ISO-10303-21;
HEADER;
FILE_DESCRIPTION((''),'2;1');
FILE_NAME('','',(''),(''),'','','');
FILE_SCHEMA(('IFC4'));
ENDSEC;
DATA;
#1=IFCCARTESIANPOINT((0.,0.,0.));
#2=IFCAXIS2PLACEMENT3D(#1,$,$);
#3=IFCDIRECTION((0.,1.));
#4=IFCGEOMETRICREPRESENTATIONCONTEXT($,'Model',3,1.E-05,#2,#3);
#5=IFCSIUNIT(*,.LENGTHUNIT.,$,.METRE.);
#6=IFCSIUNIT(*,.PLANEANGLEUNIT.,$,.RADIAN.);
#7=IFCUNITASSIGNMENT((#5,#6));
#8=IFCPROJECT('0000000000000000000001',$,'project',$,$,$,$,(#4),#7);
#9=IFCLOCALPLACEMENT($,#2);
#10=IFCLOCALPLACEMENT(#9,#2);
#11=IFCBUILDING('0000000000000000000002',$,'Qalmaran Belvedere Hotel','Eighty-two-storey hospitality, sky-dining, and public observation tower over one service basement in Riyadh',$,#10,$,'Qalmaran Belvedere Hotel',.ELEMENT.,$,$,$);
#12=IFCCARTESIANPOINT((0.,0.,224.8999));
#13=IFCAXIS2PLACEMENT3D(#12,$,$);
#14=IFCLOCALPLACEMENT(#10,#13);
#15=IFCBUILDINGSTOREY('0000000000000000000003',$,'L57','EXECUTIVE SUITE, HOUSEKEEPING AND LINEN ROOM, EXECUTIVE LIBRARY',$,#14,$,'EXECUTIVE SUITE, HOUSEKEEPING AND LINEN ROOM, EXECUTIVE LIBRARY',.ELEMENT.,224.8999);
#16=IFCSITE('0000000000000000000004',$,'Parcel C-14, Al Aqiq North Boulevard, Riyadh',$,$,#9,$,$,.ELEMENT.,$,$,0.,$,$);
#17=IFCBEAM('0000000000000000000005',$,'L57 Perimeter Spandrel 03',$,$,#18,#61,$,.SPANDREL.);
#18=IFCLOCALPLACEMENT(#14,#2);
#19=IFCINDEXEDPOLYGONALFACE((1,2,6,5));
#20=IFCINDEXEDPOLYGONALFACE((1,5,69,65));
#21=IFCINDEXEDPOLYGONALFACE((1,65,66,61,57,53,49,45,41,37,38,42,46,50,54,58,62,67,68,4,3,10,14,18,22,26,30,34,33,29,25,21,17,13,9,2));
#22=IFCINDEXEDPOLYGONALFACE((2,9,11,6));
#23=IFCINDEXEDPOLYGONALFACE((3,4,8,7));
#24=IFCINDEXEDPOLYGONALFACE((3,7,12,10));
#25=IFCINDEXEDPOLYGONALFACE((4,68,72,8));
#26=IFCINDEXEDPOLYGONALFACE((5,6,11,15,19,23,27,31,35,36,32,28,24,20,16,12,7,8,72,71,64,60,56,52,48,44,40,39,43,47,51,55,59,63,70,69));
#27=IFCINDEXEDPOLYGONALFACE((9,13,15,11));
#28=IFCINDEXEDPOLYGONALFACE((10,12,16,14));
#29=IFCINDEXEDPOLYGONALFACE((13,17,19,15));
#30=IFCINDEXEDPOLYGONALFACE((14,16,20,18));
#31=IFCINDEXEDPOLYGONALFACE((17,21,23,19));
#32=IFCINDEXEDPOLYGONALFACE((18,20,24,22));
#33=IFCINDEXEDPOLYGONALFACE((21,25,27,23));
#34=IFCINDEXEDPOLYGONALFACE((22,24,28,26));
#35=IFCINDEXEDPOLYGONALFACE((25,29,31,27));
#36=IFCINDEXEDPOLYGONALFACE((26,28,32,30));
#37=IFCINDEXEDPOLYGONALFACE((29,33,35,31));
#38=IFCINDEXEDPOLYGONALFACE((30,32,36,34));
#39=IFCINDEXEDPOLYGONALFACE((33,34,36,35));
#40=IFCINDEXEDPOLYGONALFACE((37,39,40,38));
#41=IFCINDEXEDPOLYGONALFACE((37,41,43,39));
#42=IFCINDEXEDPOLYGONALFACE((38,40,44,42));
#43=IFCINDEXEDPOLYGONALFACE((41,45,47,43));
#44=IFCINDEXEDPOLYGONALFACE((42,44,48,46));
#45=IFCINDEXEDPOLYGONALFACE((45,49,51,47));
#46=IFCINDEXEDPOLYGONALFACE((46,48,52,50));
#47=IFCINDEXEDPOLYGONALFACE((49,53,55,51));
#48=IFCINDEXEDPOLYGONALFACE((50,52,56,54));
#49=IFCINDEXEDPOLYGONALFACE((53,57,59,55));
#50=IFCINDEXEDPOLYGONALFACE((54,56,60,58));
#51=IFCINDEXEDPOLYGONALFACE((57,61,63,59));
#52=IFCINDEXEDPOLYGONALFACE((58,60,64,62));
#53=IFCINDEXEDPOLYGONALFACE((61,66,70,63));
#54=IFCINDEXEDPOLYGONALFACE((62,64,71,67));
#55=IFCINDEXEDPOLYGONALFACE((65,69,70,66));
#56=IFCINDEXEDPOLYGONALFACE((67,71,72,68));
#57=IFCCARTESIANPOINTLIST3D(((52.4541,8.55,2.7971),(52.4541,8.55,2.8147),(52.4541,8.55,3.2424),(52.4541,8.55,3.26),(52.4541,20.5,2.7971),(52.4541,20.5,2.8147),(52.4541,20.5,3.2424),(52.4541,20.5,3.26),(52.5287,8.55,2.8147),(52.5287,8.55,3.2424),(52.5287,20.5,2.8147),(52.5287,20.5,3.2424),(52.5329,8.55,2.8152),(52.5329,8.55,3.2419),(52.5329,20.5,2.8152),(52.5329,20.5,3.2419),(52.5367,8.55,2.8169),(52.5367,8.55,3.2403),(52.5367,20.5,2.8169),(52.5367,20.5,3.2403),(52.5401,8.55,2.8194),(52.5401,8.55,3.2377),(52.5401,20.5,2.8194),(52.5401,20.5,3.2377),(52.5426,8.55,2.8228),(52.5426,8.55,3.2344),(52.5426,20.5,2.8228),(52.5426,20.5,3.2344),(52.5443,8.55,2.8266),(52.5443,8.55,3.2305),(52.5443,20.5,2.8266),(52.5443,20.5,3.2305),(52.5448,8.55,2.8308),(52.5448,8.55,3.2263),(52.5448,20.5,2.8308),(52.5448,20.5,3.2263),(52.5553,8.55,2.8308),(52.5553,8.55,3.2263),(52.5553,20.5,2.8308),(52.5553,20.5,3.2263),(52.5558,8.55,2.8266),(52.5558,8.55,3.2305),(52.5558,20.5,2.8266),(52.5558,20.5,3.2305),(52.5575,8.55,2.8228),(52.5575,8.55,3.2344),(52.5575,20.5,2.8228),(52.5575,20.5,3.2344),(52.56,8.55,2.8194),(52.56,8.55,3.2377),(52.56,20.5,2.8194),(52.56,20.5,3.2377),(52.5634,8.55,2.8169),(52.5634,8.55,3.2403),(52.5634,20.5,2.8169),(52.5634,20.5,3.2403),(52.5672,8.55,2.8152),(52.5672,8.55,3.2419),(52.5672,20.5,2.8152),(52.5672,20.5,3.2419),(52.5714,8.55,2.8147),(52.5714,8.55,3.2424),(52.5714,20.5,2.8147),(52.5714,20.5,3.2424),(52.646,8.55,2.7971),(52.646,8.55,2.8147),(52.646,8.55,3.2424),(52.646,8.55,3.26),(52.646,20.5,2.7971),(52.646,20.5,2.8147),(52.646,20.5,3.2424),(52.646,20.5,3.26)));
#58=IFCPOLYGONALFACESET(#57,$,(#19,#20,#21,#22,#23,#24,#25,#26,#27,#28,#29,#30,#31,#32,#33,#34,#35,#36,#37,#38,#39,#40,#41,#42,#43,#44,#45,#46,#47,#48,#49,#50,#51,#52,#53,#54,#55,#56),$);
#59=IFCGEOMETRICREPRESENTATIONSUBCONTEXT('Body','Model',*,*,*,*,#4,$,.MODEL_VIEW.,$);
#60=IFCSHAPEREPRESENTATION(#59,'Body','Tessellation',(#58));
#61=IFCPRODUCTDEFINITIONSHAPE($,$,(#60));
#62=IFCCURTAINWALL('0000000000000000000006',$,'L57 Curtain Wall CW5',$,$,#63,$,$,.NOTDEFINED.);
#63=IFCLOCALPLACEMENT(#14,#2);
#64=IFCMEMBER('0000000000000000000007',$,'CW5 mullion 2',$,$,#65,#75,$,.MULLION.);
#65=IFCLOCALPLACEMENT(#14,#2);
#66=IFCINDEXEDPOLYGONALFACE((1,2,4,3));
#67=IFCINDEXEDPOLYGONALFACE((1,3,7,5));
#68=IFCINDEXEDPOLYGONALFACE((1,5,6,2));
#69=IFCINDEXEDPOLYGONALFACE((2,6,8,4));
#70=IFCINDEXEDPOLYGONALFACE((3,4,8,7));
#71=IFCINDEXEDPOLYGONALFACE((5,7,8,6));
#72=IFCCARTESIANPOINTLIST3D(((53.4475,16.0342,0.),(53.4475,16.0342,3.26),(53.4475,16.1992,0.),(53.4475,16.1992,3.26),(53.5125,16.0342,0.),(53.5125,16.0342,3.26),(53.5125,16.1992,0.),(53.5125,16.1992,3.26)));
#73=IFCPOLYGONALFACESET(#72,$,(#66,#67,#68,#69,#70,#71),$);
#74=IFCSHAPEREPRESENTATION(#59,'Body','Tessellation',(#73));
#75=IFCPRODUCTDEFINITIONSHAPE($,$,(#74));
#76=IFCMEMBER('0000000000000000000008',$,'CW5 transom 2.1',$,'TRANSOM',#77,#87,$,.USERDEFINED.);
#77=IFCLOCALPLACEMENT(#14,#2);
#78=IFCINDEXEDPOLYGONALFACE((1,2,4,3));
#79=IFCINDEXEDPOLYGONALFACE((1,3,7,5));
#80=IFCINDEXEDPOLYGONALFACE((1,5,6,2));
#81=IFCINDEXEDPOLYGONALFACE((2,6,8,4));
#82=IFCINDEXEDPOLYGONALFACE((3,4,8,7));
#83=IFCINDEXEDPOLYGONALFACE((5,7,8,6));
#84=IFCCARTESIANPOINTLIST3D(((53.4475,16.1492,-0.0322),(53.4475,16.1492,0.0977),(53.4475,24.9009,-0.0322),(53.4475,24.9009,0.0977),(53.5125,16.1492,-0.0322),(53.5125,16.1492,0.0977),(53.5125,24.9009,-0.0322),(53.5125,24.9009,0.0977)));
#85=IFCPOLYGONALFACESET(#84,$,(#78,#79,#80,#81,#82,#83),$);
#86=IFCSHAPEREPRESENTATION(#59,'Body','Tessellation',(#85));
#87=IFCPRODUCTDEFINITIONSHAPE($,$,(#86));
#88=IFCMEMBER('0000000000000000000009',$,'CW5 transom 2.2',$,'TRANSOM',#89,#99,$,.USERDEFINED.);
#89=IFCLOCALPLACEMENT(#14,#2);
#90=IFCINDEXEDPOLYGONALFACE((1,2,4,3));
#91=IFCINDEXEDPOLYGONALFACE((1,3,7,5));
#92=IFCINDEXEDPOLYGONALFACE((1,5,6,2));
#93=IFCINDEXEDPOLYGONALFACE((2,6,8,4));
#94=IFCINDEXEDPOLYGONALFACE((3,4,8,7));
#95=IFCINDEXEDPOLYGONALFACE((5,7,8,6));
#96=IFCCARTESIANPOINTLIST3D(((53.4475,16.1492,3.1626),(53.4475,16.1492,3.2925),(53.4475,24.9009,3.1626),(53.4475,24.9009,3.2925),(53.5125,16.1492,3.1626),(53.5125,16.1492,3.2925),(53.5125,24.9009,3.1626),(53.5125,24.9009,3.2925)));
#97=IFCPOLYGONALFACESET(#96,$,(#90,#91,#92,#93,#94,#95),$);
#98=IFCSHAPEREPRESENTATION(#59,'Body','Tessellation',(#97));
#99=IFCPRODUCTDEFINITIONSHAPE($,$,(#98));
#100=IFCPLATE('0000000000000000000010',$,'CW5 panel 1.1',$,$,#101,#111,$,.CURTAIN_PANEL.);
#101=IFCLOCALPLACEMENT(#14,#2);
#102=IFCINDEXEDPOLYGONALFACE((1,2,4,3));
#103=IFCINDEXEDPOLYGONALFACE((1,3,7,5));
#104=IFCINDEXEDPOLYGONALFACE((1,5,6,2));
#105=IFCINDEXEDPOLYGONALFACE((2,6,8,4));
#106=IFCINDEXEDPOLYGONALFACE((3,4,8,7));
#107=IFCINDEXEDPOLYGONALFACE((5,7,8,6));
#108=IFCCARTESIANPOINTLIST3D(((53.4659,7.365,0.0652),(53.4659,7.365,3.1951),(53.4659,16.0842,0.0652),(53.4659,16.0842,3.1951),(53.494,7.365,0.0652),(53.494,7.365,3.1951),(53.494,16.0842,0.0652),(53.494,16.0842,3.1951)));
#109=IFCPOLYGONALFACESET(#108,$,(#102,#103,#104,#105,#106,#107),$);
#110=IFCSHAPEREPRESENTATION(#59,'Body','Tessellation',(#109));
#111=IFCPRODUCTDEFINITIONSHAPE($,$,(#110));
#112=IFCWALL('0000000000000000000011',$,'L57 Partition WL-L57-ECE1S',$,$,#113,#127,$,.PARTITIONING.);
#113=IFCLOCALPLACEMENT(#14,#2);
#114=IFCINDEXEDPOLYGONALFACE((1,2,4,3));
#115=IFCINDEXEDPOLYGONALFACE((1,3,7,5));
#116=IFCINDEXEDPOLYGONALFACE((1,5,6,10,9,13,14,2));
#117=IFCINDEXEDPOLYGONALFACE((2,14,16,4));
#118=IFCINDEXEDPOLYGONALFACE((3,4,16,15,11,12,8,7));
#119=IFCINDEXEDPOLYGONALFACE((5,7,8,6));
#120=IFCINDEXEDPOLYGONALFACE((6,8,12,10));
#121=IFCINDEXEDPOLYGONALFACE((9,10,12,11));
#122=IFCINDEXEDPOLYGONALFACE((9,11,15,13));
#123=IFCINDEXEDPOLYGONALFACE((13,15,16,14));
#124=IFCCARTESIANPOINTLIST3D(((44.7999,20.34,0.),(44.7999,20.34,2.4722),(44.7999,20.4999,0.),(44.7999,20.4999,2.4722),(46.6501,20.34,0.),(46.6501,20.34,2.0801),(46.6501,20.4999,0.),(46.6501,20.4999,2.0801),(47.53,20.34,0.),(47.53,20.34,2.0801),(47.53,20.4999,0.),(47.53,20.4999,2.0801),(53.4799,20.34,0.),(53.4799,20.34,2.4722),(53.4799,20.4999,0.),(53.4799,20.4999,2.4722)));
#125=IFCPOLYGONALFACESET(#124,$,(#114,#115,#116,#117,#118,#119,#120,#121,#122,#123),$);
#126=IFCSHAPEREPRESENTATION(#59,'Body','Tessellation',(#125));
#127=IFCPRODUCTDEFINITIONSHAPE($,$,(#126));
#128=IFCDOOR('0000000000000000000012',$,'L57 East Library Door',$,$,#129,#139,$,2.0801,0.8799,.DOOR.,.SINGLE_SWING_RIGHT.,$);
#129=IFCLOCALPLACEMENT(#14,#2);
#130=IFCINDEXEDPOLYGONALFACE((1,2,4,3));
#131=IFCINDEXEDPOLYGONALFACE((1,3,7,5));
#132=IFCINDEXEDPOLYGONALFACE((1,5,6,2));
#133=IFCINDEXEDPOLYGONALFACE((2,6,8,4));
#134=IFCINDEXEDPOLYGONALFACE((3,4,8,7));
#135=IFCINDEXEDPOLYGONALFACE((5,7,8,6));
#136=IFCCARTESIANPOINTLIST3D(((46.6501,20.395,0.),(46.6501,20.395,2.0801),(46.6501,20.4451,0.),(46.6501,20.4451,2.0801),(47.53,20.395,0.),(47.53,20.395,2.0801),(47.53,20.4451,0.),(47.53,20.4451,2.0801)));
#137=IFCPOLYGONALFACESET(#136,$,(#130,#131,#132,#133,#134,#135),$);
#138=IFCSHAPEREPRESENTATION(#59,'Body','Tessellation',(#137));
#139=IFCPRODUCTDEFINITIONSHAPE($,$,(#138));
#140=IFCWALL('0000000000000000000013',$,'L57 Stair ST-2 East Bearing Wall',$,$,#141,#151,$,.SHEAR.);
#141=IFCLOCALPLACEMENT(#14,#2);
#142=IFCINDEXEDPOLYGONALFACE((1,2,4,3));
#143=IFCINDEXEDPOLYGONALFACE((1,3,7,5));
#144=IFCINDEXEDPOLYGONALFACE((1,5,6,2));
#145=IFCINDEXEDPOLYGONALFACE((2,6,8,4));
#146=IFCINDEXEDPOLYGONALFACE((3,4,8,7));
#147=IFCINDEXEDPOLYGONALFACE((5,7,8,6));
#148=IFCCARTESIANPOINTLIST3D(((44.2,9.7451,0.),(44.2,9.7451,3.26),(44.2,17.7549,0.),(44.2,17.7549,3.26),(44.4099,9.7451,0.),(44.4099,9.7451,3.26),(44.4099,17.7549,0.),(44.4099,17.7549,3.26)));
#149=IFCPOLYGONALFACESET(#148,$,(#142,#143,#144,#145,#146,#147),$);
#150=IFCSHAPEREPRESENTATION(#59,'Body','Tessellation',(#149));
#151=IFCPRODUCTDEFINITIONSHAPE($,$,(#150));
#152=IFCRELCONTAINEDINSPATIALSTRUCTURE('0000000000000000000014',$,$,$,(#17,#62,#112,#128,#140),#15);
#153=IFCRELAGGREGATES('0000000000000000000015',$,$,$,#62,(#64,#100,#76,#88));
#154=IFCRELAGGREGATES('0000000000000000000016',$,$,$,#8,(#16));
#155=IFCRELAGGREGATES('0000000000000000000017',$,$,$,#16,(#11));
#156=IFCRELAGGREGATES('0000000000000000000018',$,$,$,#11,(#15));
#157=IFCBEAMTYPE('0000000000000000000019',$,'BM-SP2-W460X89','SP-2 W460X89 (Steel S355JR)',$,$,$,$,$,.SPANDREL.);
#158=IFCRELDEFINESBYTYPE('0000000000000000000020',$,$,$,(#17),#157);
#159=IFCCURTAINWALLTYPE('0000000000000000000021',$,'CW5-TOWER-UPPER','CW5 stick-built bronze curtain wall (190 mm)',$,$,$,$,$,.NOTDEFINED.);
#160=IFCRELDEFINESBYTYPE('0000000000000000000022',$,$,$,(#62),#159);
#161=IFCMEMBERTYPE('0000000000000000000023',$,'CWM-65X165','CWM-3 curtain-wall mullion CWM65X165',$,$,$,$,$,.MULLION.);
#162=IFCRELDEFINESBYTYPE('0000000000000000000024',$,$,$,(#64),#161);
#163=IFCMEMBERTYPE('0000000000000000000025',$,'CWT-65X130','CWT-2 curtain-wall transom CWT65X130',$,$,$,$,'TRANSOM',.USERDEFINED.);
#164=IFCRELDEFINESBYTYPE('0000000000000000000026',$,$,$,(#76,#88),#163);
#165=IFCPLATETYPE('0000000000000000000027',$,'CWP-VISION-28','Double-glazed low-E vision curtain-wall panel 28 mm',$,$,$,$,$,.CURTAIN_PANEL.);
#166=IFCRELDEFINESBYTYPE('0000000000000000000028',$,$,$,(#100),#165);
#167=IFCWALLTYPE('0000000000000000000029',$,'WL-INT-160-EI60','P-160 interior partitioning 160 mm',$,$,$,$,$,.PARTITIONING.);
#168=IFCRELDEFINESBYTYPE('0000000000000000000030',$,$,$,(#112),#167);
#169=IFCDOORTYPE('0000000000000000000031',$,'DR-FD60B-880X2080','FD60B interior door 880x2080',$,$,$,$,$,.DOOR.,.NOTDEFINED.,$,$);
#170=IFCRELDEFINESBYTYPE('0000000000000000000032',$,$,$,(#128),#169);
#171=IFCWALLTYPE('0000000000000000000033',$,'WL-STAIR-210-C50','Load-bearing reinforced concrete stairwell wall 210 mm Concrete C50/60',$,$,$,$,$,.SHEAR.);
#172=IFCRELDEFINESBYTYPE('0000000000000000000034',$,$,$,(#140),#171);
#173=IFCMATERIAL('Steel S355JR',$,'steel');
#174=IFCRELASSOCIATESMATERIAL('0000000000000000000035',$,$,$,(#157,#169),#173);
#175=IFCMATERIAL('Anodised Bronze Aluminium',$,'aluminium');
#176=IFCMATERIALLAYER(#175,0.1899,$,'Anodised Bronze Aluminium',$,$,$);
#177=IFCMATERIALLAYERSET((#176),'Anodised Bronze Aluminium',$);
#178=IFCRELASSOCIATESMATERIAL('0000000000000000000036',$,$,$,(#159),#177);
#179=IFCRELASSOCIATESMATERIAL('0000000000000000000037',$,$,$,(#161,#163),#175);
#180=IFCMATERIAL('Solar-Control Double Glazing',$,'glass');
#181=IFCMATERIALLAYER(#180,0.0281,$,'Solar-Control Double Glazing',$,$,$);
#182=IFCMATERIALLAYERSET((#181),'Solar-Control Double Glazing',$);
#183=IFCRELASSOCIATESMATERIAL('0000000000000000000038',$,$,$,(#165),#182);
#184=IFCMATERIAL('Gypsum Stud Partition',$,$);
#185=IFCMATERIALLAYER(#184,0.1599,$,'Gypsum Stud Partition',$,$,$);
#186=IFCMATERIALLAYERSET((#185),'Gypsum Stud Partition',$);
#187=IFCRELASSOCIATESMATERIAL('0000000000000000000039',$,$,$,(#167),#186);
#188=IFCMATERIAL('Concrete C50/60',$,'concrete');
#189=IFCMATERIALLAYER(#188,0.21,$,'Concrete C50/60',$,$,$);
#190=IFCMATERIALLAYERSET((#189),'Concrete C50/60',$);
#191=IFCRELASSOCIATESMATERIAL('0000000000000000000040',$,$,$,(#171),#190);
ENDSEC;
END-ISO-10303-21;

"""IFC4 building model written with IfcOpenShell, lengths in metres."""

from ifc_helpers import new_model, si_unit, direction, frame, frame_2d, origin, origin_2d, place, context, subcontext, project, spatial, rectangle, i_section, extrude, material, layer, layer_set, material_profile, profile_set, type_object, element, fill, aggregate, save


model = new_model("IFC4")

# Units and contexts
model_context = context("Model", 3, precision=1e-05, world=origin(), true_north=direction((0.0, 1.0)))
body_context = subcontext(model_context, "Body", "Model", "MODEL_VIEW")
ifc_project = project(units=[si_unit("LENGTHUNIT", "METRE"), si_unit("PLANEANGLEUNIT", "RADIAN")], contexts=[model_context])

# Site, building, storey
site_placement = place(None, origin())
site = spatial("IfcSite", under=ifc_project, at=site_placement, Name="Parcel C-14, Al Aqiq North Boulevard, Riyadh", CompositionType="ELEMENT", RefElevation=0.0)
building_placement = place(site_placement, origin())
building = spatial("IfcBuilding", under=site, at=building_placement, Name="Qalmaran Belvedere Hotel", Description="Eighty-two-storey hospitality, sky-dining, and public observation tower over one service basement in Riyadh", LongName="Qalmaran Belvedere Hotel", CompositionType="ELEMENT")
storey_placement = place(building_placement, frame((0.0, 0.0, 224.8999)))
storey = spatial("IfcBuildingStorey", under=building, at=storey_placement, Name="L57", Description="EXECUTIVE SUITE, HOUSEKEEPING AND LINEN ROOM, EXECUTIVE LIBRARY", LongName="EXECUTIVE SUITE, HOUSEKEEPING AND LINEN ROOM, EXECUTIVE LIBRARY", CompositionType="ELEMENT", Elevation=224.8999)

# Shared definitions
ifc_material_1 = material(Name="Concrete C50/60", Category="concrete")

# Beam
ifc_material_2 = material(Name="Steel S355JR", Category="steel")
ifc_material_profile_1 = material_profile(ifc_material_2, i_section(OverallWidth=0.1919, OverallDepth=0.4629, WebThickness=0.0105, FlangeThickness=0.0176, FilletRadius=0.0161, at=origin_2d()), Name="W460X89")
ifc_profile_set_1 = profile_set([ifc_material_profile_1], Name="Steel S355JR")
beam_type_1 = type_object("IfcBeamType", Name="BM-SP2-W460X89", Description="SP-2 W460X89 (Steel S355JR)", PredefinedType="SPANDREL", material=ifc_profile_set_1)
beam_1_placement = place(storey_placement, frame((52.55, 8.55, 3.0286), z_axis=(0.0, 1.0, 0.0), x_axis=(-1.0, 0.0, 0.0)))
element("IfcBeam", 1, at=beam_1_placement, inside=storey, type_object=beam_type_1, Name="L57 Perimeter Spandrel 03", PredefinedType="SPANDREL", context=body_context, shape_type="SweptSolid", body=[
    extrude(i_section(OverallWidth=0.1919, OverallDepth=0.4629, WebThickness=0.0105, FlangeThickness=0.0176, FilletRadius=0.0161, at=origin_2d()), origin(), (0.0, 0.0, 1.0), 11.95),
])

# Curtain wall, members, plate
ifc_material_3 = material(Name="Anodised Bronze Aluminium", Category="aluminium")
ifc_layer_1 = layer(ifc_material_3, 0.1899, Name="Anodised Bronze Aluminium")
ifc_layer_set_1 = layer_set([ifc_layer_1], Name="Anodised Bronze Aluminium")
curtain_wall_type = type_object("IfcCurtainWallType", Name="CW5-TOWER-UPPER", Description="CW5 stick-built bronze curtain wall (190 mm)", PredefinedType="NOTDEFINED", material=ifc_layer_set_1)
curtain_wall_placement = place(storey_placement, origin())
curtain_wall = element("IfcCurtainWall", 2, at=curtain_wall_placement, inside=storey, type_object=curtain_wall_type, Name="L57 Curtain Wall CW5", PredefinedType="NOTDEFINED")
ifc_material_profile_2 = material_profile(ifc_material_3, rectangle(XDim=0.0649, YDim=0.165, at=origin_2d()), Name="CWM65X165")
ifc_profile_set_2 = profile_set([ifc_material_profile_2], Name="Anodised Bronze Aluminium")
member_type_1 = type_object("IfcMemberType", Name="CWM-65X165", Description="CWM-3 curtain-wall mullion CWM65X165", PredefinedType="MULLION", material=ifc_profile_set_2)
member_1_placement = place(storey_placement, frame((53.48, 16.1167, 0.0), z_axis=(0.0, 0.0, 1.0), x_axis=(-1.0, 0.0, 0.0)))
member_1 = element("IfcMember", 3, at=member_1_placement, type_object=member_type_1, Name="CW5 mullion 2", PredefinedType="MULLION", context=body_context, shape_type="SweptSolid", body=[
    extrude(rectangle(XDim=0.0649, YDim=0.165, at=origin_2d()), origin(), (0.0, 0.0, 1.0), 3.26),
])
ifc_material_profile_3 = material_profile(ifc_material_3, rectangle(XDim=0.0649, YDim=0.1299, at=origin_2d()), Name="CWT65X130")
ifc_profile_set_3 = profile_set([ifc_material_profile_3], Name="Anodised Bronze Aluminium")
member_type_2 = type_object("IfcMemberType", Name="CWT-65X130", Description="CWT-2 curtain-wall transom CWT65X130", ElementType="TRANSOM", PredefinedType="USERDEFINED", material=ifc_profile_set_3)
member_2_placement = place(storey_placement, frame((53.48, 16.1492, 0.0327), z_axis=(0.0, 1.0, 0.0), x_axis=(-1.0, 0.0, 0.0)))
member_2 = element("IfcMember", 4, at=member_2_placement, type_object=member_type_2, Name="CW5 transom 2.1", ObjectType="TRANSOM", PredefinedType="USERDEFINED", context=body_context, shape_type="SweptSolid", body=[
    extrude(rectangle(XDim=0.0649, YDim=0.1299, at=origin_2d()), origin(), (0.0, 0.0, 1.0), 8.7517),
])
member_3_placement = place(storey_placement, frame((53.48, 16.1492, 3.2275), z_axis=(0.0, 1.0, 0.0), x_axis=(-1.0, 0.0, 0.0)))
member_3 = element("IfcMember", 5, at=member_3_placement, type_object=member_type_2, Name="CW5 transom 2.2", ObjectType="TRANSOM", PredefinedType="USERDEFINED", context=body_context, shape_type="SweptSolid", body=[
    extrude(rectangle(XDim=0.0649, YDim=0.1299, at=origin_2d()), origin(), (0.0, 0.0, 1.0), 8.7517),
])
ifc_material_4 = material(Name="Solar-Control Double Glazing", Category="glass")
ifc_layer_2 = layer(ifc_material_4, 0.0281, Name="Solar-Control Double Glazing")
ifc_layer_set_2 = layer_set([ifc_layer_2], Name="Solar-Control Double Glazing")
plate_type = type_object("IfcPlateType", Name="CWP-VISION-28", Description="Double-glazed low-E vision curtain-wall panel 28 mm", PredefinedType="CURTAIN_PANEL", material=ifc_layer_set_2)
plate_placement = place(storey_placement, frame((53.48, 11.7246, 0.0652), z_axis=(0.0, 0.0, 1.0), x_axis=(0.0, 1.0, 0.0)))
plate = element("IfcPlate", 6, at=plate_placement, type_object=plate_type, Name="CW5 panel 1.1", PredefinedType="CURTAIN_PANEL", context=body_context, shape_type="SweptSolid", body=[
    extrude(rectangle(XDim=8.7192, YDim=0.0281, at=origin_2d()), origin(), (0.0, 0.0, 1.0), 3.1299),
])
aggregate(curtain_wall, [member_1, plate, member_2, member_3])

# Wall, opening, door
ifc_material_5 = material(Name="Gypsum Stud Partition")
ifc_layer_3 = layer(ifc_material_5, 0.1599, Name="Gypsum Stud Partition")
ifc_layer_set_3 = layer_set([ifc_layer_3], Name="Gypsum Stud Partition")
wall_type_1 = type_object("IfcWallType", Name="WL-INT-160-EI60", Description="P-160 interior partitioning 160 mm", PredefinedType="PARTITIONING", material=ifc_layer_set_3)
wall_1_placement = place(storey_placement, frame((44.8, 20.4199, 0.0), z_axis=(0.0, 0.0, 1.0), x_axis=(1.0, 0.0, 0.0)))
wall_1 = element("IfcWall", 7, at=wall_1_placement, inside=storey, type_object=wall_type_1, Name="L57 Partition WL-L57-ECE1S", PredefinedType="PARTITIONING", context=body_context, shape_type="SweptSolid", body=[
    extrude(rectangle(XDim=8.6799, YDim=0.1599, at=frame_2d((4.3398, 0.0))), origin(), (0.0, 0.0, 1.0), 2.4722),
])
opening_placement = place(wall_1_placement, frame((2.73, 0.0, 0.0), z_axis=(0.0, 0.0, 1.0), x_axis=(-1.0, 0.0, 0.0)))
opening = element("IfcOpeningElement", 8, at=opening_placement, cuts=wall_1, PredefinedType="OPENING", context=body_context, shape_type="SweptSolid", body=[
    extrude(rectangle(XDim=0.8799, YDim=2.0801, at=frame_2d((0.4399, 1.04))), frame((0.0, 0.0898, 0.0), z_axis=(0.0, -1.0, 0.0), x_axis=(1.0, 0.0, 0.0)), (0.0, 0.0, 1.0), 0.1799),
])
door_type = type_object("IfcDoorType", Name="DR-FD60B-880X2080", Description="FD60B interior door 880x2080", OperationType="NOTDEFINED", PredefinedType="DOOR", material=ifc_material_2)
door_placement = place(opening_placement, origin())
door = element("IfcDoor", 9, at=door_placement, inside=storey, type_object=door_type, Name="L57 East Library Door", OperationType="SINGLE_SWING_RIGHT", OverallHeight=2.0801, OverallWidth=0.8799, PredefinedType="DOOR", context=body_context, shape_type="SweptSolid", body=[
    extrude(rectangle(XDim=0.8799, YDim=2.0801, at=frame_2d((0.4399, 1.04))), frame((0.0, 0.0249, 0.0), z_axis=(0.0, -1.0, 0.0), x_axis=(1.0, 0.0, 0.0)), (0.0, 0.0, 1.0), 0.05),
])
fill(opening, door)

# Wall
ifc_layer_4 = layer(ifc_material_1, 0.21, Name="Concrete C50/60")
ifc_layer_set_4 = layer_set([ifc_layer_4], Name="Concrete C50/60")
wall_type_2 = type_object("IfcWallType", Name="WL-STAIR-210-C50", Description="Load-bearing reinforced concrete stairwell wall 210 mm Concrete C50/60", PredefinedType="SHEAR", material=ifc_layer_set_4)
wall_2_placement = place(storey_placement, frame((44.3049, 9.7451, 0.0), z_axis=(0.0, 0.0, 1.0), x_axis=(0.0, 1.0, 0.0)))
element("IfcWall", 10, at=wall_2_placement, inside=storey, type_object=wall_type_2, Name="L57 Stair ST-2 East Bearing Wall", PredefinedType="SHEAR", context=body_context, shape_type="SweptSolid", body=[
    extrude(rectangle(XDim=8.0098, YDim=0.21, at=frame_2d((4.0049, 0.0))), origin(), (0.0, 0.0, 1.0), 3.26),
])

save(model, "model.ifc")
